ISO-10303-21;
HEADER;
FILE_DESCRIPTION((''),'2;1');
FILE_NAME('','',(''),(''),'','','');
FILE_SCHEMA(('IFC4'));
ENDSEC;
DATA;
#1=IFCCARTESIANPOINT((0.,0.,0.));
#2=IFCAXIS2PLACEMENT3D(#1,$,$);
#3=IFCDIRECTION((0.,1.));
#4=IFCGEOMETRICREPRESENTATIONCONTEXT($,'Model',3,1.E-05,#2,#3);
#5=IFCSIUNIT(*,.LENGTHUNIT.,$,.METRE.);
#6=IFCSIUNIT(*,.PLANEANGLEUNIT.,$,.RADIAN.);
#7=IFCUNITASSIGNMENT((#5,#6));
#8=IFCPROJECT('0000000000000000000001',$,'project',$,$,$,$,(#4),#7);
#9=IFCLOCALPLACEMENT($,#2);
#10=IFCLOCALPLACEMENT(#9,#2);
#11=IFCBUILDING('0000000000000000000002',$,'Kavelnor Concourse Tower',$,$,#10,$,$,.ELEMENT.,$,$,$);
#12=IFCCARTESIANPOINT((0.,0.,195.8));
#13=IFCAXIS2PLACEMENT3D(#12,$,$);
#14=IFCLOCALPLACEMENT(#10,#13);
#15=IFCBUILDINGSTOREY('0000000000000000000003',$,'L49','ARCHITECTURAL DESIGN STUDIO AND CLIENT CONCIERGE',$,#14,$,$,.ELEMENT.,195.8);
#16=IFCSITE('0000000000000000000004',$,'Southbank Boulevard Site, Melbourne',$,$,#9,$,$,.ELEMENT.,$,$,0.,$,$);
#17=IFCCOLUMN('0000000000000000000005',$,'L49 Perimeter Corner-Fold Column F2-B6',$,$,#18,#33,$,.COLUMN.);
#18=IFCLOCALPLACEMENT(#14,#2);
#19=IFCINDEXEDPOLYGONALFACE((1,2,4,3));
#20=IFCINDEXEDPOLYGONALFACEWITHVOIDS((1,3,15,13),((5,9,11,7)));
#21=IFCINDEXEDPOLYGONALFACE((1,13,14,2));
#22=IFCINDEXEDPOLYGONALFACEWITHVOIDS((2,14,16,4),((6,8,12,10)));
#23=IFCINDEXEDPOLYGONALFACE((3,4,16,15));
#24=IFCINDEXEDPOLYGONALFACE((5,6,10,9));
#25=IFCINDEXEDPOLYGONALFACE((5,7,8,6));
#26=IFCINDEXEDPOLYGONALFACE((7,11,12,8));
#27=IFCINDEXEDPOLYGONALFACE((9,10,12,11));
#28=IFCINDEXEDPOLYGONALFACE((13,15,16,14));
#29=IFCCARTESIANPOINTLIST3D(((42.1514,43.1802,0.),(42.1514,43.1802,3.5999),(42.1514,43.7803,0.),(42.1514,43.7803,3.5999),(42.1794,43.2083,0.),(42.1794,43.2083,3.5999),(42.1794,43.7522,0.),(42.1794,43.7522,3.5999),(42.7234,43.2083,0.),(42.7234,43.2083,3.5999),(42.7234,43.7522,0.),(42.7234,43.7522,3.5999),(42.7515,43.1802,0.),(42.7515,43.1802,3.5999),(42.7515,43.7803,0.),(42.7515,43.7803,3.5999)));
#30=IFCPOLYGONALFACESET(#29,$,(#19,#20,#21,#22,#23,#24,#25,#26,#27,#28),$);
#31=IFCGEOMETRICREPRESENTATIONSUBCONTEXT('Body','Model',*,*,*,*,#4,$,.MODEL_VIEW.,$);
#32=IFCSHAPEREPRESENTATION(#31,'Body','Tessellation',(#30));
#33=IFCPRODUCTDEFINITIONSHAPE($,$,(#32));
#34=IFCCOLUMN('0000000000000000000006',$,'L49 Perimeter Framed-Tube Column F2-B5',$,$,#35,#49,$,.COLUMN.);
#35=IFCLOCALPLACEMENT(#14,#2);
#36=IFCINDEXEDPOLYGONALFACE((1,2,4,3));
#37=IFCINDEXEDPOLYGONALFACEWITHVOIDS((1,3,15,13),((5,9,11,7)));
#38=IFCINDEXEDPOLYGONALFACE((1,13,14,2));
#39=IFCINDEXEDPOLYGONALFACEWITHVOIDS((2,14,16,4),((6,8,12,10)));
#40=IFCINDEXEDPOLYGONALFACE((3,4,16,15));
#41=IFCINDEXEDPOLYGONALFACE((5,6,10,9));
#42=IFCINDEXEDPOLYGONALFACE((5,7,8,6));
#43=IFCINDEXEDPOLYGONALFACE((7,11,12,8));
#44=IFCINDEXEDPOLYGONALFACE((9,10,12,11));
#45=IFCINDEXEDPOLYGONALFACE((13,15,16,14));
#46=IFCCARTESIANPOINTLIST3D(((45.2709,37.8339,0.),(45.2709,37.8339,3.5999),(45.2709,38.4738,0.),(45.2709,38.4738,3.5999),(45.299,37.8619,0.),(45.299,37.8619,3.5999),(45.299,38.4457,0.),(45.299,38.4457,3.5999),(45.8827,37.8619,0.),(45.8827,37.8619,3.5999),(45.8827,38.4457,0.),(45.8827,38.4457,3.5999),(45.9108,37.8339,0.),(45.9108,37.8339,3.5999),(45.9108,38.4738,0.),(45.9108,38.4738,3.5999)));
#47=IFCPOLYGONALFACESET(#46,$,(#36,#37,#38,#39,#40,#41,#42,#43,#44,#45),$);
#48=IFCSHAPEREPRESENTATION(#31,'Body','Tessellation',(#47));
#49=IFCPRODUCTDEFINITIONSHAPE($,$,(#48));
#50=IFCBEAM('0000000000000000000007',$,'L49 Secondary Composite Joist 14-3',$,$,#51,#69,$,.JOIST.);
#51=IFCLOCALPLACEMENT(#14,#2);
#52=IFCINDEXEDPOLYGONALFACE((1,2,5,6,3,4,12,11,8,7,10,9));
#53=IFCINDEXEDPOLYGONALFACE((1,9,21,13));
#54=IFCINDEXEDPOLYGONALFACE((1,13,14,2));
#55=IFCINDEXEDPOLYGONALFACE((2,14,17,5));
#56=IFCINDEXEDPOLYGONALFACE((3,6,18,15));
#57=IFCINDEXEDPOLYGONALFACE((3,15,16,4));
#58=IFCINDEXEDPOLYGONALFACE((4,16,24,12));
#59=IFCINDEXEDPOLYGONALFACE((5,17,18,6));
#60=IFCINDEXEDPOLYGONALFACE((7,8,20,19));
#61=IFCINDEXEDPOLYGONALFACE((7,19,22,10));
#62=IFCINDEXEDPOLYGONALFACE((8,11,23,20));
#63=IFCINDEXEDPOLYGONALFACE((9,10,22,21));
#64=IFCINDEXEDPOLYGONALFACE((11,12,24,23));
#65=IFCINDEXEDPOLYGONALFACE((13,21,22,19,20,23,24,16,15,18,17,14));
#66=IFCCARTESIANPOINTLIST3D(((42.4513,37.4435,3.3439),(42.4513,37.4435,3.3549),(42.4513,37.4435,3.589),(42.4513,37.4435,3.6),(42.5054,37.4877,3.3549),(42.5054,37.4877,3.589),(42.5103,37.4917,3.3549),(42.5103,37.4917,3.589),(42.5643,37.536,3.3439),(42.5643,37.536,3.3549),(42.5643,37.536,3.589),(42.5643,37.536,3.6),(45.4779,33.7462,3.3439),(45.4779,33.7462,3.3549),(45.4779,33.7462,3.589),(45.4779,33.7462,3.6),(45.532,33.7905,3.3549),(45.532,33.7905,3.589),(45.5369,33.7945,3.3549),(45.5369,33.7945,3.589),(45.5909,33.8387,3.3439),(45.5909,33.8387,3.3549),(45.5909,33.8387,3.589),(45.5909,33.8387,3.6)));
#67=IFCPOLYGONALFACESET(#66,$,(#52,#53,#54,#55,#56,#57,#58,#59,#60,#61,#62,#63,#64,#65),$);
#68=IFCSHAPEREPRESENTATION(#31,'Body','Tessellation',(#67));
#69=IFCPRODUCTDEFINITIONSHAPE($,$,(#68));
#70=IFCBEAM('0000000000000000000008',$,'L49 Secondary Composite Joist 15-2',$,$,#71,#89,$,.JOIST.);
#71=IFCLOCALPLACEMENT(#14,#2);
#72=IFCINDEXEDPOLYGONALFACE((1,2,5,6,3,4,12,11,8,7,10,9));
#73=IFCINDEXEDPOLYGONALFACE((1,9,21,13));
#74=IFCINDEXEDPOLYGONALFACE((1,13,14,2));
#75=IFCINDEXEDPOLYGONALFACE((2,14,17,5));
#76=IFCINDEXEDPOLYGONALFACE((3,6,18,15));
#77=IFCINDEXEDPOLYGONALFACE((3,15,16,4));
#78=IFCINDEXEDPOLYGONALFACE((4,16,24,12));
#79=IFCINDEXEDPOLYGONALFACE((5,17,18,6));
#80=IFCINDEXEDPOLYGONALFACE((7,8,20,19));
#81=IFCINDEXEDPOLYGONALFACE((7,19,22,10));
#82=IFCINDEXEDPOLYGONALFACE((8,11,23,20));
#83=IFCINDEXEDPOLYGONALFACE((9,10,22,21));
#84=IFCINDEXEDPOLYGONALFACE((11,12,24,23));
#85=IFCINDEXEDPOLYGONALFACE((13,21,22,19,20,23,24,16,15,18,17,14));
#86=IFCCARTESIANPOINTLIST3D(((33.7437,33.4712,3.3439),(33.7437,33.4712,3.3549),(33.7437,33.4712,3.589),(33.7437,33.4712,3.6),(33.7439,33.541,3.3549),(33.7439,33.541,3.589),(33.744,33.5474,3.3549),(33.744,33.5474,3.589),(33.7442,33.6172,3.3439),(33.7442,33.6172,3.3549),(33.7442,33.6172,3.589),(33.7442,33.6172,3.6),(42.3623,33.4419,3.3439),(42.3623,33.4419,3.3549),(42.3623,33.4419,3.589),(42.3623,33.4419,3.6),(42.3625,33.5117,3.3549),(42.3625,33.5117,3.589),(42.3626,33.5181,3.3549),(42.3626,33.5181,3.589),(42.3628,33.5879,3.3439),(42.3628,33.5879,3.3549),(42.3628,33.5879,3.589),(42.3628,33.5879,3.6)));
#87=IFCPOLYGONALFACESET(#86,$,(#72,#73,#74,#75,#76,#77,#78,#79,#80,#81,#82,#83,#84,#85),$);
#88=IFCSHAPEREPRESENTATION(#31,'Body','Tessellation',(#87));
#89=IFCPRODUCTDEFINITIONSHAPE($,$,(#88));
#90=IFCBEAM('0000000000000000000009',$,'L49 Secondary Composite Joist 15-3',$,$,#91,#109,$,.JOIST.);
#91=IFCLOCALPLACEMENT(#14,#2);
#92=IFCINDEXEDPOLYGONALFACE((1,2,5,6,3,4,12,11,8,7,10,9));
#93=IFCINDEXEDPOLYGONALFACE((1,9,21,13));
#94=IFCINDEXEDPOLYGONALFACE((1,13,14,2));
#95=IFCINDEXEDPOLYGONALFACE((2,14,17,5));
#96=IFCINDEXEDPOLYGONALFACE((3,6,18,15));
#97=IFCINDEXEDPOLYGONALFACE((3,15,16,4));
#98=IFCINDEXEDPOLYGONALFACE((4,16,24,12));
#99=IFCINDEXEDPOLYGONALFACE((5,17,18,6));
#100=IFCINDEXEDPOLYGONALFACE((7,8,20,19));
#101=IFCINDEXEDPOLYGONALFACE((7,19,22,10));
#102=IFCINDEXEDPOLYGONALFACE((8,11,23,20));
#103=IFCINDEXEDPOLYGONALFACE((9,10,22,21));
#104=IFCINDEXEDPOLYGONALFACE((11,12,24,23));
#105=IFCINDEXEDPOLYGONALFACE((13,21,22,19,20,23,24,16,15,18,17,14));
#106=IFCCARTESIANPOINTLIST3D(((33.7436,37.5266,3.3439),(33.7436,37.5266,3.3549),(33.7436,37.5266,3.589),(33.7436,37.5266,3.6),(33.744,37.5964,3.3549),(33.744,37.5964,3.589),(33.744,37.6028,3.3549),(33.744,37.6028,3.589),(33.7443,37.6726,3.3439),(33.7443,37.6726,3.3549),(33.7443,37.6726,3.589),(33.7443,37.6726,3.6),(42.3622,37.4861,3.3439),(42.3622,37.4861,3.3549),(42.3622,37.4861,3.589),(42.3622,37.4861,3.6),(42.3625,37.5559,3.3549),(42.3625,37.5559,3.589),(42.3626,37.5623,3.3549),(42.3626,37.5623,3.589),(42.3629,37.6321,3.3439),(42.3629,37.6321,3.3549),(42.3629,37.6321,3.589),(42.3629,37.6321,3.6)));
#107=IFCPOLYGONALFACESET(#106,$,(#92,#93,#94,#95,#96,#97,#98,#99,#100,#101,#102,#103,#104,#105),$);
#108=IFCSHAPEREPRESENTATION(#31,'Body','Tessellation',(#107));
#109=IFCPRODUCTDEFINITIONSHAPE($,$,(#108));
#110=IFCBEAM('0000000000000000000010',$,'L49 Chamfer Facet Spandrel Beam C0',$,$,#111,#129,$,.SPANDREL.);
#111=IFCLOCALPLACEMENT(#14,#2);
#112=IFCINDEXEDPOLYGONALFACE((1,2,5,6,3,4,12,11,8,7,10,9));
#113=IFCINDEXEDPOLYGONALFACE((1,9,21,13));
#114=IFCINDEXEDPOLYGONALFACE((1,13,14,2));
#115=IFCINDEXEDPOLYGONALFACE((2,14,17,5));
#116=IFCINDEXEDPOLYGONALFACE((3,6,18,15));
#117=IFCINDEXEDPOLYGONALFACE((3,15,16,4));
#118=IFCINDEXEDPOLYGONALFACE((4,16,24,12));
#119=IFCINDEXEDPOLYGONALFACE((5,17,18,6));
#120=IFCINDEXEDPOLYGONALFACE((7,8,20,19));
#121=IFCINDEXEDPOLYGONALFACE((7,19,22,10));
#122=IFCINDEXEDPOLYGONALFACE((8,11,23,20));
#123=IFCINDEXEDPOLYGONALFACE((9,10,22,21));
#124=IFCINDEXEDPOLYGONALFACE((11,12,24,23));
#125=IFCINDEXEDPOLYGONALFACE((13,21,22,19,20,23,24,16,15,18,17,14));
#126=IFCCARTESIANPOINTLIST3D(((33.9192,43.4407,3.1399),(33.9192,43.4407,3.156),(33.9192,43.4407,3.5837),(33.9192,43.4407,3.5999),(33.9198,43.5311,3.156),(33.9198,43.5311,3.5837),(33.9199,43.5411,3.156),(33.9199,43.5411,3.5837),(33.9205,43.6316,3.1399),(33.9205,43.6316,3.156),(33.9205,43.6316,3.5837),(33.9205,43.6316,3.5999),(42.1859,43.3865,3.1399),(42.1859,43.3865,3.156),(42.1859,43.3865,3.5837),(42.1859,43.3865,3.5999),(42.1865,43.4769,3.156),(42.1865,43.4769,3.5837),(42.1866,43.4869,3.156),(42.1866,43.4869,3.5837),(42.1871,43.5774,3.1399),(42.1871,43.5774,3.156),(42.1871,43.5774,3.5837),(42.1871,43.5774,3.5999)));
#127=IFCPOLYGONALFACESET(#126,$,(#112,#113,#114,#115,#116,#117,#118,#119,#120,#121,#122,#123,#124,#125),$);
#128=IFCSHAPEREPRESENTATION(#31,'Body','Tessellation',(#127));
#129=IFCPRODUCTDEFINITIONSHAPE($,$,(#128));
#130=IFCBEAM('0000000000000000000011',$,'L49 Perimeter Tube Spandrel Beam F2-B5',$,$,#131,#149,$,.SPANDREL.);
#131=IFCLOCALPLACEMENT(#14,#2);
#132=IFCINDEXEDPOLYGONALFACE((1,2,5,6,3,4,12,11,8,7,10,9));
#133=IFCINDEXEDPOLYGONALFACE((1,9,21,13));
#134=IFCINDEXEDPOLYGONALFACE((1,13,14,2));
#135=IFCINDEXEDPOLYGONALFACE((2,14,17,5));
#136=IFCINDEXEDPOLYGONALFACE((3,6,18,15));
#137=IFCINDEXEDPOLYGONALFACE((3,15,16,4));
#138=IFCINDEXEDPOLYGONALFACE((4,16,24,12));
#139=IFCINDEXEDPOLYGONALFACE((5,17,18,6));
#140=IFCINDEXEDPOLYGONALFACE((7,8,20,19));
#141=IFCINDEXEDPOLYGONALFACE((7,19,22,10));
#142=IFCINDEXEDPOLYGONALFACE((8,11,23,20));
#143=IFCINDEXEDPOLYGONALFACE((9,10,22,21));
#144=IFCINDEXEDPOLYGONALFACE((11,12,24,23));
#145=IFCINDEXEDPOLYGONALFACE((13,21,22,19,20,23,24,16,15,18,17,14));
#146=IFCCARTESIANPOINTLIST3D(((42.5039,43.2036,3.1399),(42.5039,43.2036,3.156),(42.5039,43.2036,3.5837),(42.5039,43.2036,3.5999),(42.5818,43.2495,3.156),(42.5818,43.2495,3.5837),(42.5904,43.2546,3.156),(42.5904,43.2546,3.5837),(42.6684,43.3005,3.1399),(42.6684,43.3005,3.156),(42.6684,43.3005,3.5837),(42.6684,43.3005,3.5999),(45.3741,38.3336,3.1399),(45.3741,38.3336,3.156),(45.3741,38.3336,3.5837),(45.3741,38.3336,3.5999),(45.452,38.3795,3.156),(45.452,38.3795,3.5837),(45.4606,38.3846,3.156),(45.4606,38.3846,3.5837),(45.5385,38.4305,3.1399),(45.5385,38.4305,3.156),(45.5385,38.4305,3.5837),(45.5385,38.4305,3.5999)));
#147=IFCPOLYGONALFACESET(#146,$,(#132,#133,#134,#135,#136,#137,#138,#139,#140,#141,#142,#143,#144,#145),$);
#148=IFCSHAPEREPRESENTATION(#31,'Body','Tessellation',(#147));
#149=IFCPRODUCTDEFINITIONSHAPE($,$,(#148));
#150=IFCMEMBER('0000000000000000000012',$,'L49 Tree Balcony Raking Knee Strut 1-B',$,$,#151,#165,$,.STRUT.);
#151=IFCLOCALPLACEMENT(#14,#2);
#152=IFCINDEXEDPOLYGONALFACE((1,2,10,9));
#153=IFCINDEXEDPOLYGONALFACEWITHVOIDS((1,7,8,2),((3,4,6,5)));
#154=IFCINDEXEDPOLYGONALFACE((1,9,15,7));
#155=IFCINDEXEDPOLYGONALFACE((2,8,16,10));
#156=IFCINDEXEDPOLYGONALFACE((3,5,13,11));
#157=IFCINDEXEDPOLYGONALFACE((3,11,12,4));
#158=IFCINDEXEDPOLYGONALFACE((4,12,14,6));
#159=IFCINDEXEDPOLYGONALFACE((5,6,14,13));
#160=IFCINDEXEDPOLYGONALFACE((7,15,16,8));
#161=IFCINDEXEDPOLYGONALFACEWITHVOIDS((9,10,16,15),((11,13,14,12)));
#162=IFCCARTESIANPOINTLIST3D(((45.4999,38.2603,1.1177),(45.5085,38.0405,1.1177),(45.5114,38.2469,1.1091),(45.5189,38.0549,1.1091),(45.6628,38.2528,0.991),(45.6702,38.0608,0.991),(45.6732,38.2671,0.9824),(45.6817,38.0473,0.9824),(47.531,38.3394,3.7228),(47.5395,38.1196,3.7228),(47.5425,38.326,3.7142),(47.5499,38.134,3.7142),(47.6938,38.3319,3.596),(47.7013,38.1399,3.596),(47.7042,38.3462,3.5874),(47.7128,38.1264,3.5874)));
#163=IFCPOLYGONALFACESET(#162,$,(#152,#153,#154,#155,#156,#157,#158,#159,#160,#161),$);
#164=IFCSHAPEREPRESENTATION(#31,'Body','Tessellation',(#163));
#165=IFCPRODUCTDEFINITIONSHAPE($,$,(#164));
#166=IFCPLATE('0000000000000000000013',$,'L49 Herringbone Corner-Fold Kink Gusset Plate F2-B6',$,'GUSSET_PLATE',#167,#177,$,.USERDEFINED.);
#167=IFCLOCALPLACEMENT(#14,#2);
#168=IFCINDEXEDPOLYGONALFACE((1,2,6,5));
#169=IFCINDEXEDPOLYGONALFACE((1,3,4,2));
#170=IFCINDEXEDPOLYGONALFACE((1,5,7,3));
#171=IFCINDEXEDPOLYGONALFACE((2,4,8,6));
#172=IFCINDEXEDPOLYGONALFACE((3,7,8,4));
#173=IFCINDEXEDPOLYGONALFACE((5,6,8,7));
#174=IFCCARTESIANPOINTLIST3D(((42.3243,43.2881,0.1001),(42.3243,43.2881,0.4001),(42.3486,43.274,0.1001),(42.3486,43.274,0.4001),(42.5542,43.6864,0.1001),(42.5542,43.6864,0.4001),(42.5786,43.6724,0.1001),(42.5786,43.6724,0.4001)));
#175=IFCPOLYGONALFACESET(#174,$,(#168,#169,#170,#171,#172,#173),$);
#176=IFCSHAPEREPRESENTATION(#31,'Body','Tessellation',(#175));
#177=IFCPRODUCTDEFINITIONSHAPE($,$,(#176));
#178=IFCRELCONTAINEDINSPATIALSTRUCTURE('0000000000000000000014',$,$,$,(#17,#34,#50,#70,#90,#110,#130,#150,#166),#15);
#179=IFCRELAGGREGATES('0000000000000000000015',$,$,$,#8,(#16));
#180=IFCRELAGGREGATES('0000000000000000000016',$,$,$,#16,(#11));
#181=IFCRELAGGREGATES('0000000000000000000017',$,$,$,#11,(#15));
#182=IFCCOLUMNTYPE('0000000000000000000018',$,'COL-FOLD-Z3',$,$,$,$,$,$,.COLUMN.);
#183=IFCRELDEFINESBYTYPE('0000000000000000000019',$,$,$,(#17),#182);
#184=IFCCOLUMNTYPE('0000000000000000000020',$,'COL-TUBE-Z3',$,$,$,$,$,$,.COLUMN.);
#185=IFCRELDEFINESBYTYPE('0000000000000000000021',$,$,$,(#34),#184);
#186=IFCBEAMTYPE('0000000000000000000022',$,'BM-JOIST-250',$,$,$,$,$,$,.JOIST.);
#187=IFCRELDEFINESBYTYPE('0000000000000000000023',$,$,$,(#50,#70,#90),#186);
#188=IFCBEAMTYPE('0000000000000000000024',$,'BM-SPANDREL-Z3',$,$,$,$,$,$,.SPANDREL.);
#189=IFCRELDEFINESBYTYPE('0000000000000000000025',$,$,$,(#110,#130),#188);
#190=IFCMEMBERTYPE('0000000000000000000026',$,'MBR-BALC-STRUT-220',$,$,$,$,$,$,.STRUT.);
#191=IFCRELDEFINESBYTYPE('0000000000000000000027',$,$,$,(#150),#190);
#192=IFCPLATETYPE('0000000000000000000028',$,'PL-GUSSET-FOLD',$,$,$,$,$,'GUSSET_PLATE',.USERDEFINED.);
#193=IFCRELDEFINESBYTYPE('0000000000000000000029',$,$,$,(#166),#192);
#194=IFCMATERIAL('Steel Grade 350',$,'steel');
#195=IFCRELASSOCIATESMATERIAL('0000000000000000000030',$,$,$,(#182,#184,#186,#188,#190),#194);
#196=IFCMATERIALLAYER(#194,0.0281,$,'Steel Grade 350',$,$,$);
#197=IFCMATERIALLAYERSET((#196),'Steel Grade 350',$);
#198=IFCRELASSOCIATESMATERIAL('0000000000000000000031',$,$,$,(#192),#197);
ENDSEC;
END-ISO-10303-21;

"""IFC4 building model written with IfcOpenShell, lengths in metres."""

from ifc_helpers import new_model, si_unit, direction, frame, origin, origin_2d, place, context, subcontext, project, spatial, rectangle, hollow_rectangle, i_section, extrude, material, layer, layer_set, material_profile, profile_set, type_object, element, save


model = new_model("IFC4")

# Units and contexts
model_context = context("Model", 3, precision=1e-05, world=origin(), true_north=direction((0.0, 1.0)))
body_context = subcontext(model_context, "Body", "Model", "MODEL_VIEW")
ifc_project = project(units=[si_unit("LENGTHUNIT", "METRE"), si_unit("PLANEANGLEUNIT", "RADIAN")], contexts=[model_context])

# Site, building, storey
site_placement = place(None, origin())
site = spatial("IfcSite", under=ifc_project, at=site_placement, Name="Southbank Boulevard Site, Melbourne", CompositionType="ELEMENT", RefElevation=0.0)
building_placement = place(site_placement, origin())
building = spatial("IfcBuilding", under=site, at=building_placement, Name="Kavelnor Concourse Tower", CompositionType="ELEMENT")
storey_placement = place(building_placement, frame((0.0, 0.0, 195.8)))
storey = spatial("IfcBuildingStorey", under=building, at=storey_placement, Name="L49", Description="ARCHITECTURAL DESIGN STUDIO AND CLIENT CONCIERGE", CompositionType="ELEMENT", Elevation=195.8)

# Columns
ifc_material_1 = material(Name="Steel Grade 350", Category="steel")
ifc_material_profile_1 = material_profile(ifc_material_1, hollow_rectangle(XDim=0.6001, YDim=0.6001, WallThickness=0.0281, at=origin_2d()), Name="SHS 600x600x28")
ifc_profile_set_1 = profile_set([ifc_material_profile_1], Name="Steel Grade 350")
column_type_1 = type_object("IfcColumnType", Name="COL-FOLD-Z3", PredefinedType="COLUMN", material=ifc_profile_set_1)
column_1_placement = place(storey_placement, frame((42.4514, 43.4802, 0.0), z_axis=(0.0, 0.0, 1.0), x_axis=(1.0, 0.0, 0.0)))
element("IfcColumn", 1, at=column_1_placement, inside=storey, type_object=column_type_1, Name="L49 Perimeter Corner-Fold Column F2-B6", PredefinedType="COLUMN", context=body_context, shape_type="SweptSolid", body=[
    extrude(hollow_rectangle(XDim=0.6001, YDim=0.6001, WallThickness=0.0281, at=origin_2d()), origin(), (0.0, 0.0, 1.0), 3.5999),
])
ifc_material_profile_2 = material_profile(ifc_material_1, hollow_rectangle(XDim=0.6399, YDim=0.6399, WallThickness=0.0281, at=origin_2d()), Name="SHS 640x640x28")
ifc_profile_set_2 = profile_set([ifc_material_profile_2], Name="Steel Grade 350")
column_type_2 = type_object("IfcColumnType", Name="COL-TUBE-Z3", PredefinedType="COLUMN", material=ifc_profile_set_2)
column_2_placement = place(storey_placement, frame((45.5908, 38.1538, 0.0), z_axis=(0.0, 0.0, 1.0), x_axis=(1.0, 0.0, 0.0)))
element("IfcColumn", 2, at=column_2_placement, inside=storey, type_object=column_type_2, Name="L49 Perimeter Framed-Tube Column F2-B5", PredefinedType="COLUMN", context=body_context, shape_type="SweptSolid", body=[
    extrude(hollow_rectangle(XDim=0.6399, YDim=0.6399, WallThickness=0.0281, at=origin_2d()), origin(), (0.0, 0.0, 1.0), 3.5999),
])

# Beams
ifc_material_profile_3 = material_profile(ifc_material_1, i_section(OverallWidth=0.146, OverallDepth=0.2561, WebThickness=0.0063, FlangeThickness=0.011, at=origin_2d()), Name="250UB37")
ifc_profile_set_3 = profile_set([ifc_material_profile_3], Name="Steel Grade 350")
beam_type_1 = type_object("IfcBeamType", Name="BM-JOIST-250", PredefinedType="JOIST", material=ifc_profile_set_3)
beam_1_placement = place(storey_placement, frame((45.5344, 33.7925, 3.4719), z_axis=(-0.633435, 0.773796, 0.0), x_axis=(-0.773796, -0.633435, 0.0)))
element("IfcBeam", 3, at=beam_1_placement, inside=storey, type_object=beam_type_1, Name="L49 Secondary Composite Joist 14-3", PredefinedType="JOIST", context=body_context, shape_type="SweptSolid", body=[
    extrude(i_section(OverallWidth=0.146, OverallDepth=0.2561, WebThickness=0.0063, FlangeThickness=0.011, at=origin_2d()), origin(), (0.0, 0.0, 1.0), 4.7781),
])
for number, where, z_axis, x_axis, name in (
    (4, (42.3625, 33.5149, 3.4719), (-0.999994, 0.003399, 0.0), (-0.003399, -0.999994, 0.0), "L49 Secondary Composite Joist 15-2"),
    (5, (42.3625, 37.5591, 3.4719), (-0.999989, 0.004702, 0.0), (-0.004702, -0.999989, 0.0), "L49 Secondary Composite Joist 15-3"),
):
    element("IfcBeam", number, at=place(storey_placement, frame(where, z_axis=z_axis, x_axis=x_axis)), inside=storey, type_object=beam_type_1, Name=name, PredefinedType="JOIST", context=body_context, shape_type="SweptSolid", body=[
        extrude(i_section(OverallWidth=0.146, OverallDepth=0.2561, WebThickness=0.0063, FlangeThickness=0.011, at=origin_2d()), origin(), (0.0, 0.0, 1.0), 8.6187),
    ])
ifc_material_profile_4 = material_profile(ifc_material_1, i_section(OverallWidth=0.1909, OverallDepth=0.46, WebThickness=0.01, FlangeThickness=0.0161, at=origin_2d()), Name="460UB82")
ifc_profile_set_4 = profile_set([ifc_material_profile_4], Name="Steel Grade 350")
beam_type_2 = type_object("IfcBeamType", Name="BM-SPANDREL-Z3", PredefinedType="SPANDREL", material=ifc_profile_set_4)
beam_2_placement = place(storey_placement, frame((42.1865, 43.4819, 3.3699), z_axis=(-0.999979, 0.006556, 0.0), x_axis=(-0.006556, -0.999979, 0.0)))
element("IfcBeam", 6, at=beam_2_placement, inside=storey, type_object=beam_type_2, Name="L49 Chamfer Facet Spandrel Beam C0", PredefinedType="SPANDREL", context=body_context, shape_type="SweptSolid", body=[
    extrude(i_section(OverallWidth=0.1909, OverallDepth=0.46, WebThickness=0.01, FlangeThickness=0.0161, at=origin_2d()), origin(), (0.0, 0.0, 1.0), 8.2668),
])
beam_3_placement = place(storey_placement, frame((45.4563, 38.3821, 3.3699), z_axis=(-0.507741, 0.86151, 0.0), x_axis=(-0.86151, -0.507741, 0.0)))
element("IfcBeam", 7, at=beam_3_placement, inside=storey, type_object=beam_type_2, Name="L49 Perimeter Tube Spandrel Beam F2-B5", PredefinedType="SPANDREL", context=body_context, shape_type="SweptSolid", body=[
    extrude(i_section(OverallWidth=0.1909, OverallDepth=0.46, WebThickness=0.01, FlangeThickness=0.0161, at=origin_2d()), origin(), (0.0, 0.0, 1.0), 5.6528),
])

# Member
ifc_material_profile_5 = material_profile(ifc_material_1, hollow_rectangle(XDim=0.22, YDim=0.22, WallThickness=0.0139, at=origin_2d()), Name="SHS 220x220x14")
ifc_profile_set_5 = profile_set([ifc_material_profile_5], Name="Steel Grade 350")
member_type = type_object("IfcMemberType", Name="MBR-BALC-STRUT-220", PredefinedType="STRUT", material=ifc_profile_set_5)
member_placement = place(storey_placement, frame((45.5908, 38.1538, 1.05), z_axis=(0.61469, 0.02394, 0.788405), x_axis=(-0.038917, 0.999242, 0.0)))
element("IfcMember", 8, at=member_placement, inside=storey, type_object=member_type, Name="L49 Tree Balcony Raking Knee Strut 1-B", PredefinedType="STRUT", context=body_context, shape_type="SweptSolid", body=[
    extrude(hollow_rectangle(XDim=0.22, YDim=0.22, WallThickness=0.0139, at=origin_2d()), origin(), (0.0, 0.0, 1.0), 3.3042),
])

# Plate
ifc_layer_1 = layer(ifc_material_1, 0.0281, Name="Steel Grade 350")
ifc_layer_set_1 = layer_set([ifc_layer_1], Name="Steel Grade 350")
plate_type = type_object("IfcPlateType", Name="PL-GUSSET-FOLD", ElementType="GUSSET_PLATE", PredefinedType="USERDEFINED", material=ifc_layer_set_1)
plate_placement = place(storey_placement, frame((42.4514, 43.4802, 0.1001), z_axis=(0.0, 0.0, 1.0), x_axis=(-0.5, -0.866025, 0.0)))
element("IfcPlate", 9, at=plate_placement, inside=storey, type_object=plate_type, Name="L49 Herringbone Corner-Fold Kink Gusset Plate F2-B6", ObjectType="GUSSET_PLATE", PredefinedType="USERDEFINED", context=body_context, shape_type="SweptSolid", body=[
    extrude(rectangle(XDim=0.46, YDim=0.0281, at=origin_2d()), origin(), (0.0, 0.0, 1.0), 0.3),
])

save(model, "model.ifc")
